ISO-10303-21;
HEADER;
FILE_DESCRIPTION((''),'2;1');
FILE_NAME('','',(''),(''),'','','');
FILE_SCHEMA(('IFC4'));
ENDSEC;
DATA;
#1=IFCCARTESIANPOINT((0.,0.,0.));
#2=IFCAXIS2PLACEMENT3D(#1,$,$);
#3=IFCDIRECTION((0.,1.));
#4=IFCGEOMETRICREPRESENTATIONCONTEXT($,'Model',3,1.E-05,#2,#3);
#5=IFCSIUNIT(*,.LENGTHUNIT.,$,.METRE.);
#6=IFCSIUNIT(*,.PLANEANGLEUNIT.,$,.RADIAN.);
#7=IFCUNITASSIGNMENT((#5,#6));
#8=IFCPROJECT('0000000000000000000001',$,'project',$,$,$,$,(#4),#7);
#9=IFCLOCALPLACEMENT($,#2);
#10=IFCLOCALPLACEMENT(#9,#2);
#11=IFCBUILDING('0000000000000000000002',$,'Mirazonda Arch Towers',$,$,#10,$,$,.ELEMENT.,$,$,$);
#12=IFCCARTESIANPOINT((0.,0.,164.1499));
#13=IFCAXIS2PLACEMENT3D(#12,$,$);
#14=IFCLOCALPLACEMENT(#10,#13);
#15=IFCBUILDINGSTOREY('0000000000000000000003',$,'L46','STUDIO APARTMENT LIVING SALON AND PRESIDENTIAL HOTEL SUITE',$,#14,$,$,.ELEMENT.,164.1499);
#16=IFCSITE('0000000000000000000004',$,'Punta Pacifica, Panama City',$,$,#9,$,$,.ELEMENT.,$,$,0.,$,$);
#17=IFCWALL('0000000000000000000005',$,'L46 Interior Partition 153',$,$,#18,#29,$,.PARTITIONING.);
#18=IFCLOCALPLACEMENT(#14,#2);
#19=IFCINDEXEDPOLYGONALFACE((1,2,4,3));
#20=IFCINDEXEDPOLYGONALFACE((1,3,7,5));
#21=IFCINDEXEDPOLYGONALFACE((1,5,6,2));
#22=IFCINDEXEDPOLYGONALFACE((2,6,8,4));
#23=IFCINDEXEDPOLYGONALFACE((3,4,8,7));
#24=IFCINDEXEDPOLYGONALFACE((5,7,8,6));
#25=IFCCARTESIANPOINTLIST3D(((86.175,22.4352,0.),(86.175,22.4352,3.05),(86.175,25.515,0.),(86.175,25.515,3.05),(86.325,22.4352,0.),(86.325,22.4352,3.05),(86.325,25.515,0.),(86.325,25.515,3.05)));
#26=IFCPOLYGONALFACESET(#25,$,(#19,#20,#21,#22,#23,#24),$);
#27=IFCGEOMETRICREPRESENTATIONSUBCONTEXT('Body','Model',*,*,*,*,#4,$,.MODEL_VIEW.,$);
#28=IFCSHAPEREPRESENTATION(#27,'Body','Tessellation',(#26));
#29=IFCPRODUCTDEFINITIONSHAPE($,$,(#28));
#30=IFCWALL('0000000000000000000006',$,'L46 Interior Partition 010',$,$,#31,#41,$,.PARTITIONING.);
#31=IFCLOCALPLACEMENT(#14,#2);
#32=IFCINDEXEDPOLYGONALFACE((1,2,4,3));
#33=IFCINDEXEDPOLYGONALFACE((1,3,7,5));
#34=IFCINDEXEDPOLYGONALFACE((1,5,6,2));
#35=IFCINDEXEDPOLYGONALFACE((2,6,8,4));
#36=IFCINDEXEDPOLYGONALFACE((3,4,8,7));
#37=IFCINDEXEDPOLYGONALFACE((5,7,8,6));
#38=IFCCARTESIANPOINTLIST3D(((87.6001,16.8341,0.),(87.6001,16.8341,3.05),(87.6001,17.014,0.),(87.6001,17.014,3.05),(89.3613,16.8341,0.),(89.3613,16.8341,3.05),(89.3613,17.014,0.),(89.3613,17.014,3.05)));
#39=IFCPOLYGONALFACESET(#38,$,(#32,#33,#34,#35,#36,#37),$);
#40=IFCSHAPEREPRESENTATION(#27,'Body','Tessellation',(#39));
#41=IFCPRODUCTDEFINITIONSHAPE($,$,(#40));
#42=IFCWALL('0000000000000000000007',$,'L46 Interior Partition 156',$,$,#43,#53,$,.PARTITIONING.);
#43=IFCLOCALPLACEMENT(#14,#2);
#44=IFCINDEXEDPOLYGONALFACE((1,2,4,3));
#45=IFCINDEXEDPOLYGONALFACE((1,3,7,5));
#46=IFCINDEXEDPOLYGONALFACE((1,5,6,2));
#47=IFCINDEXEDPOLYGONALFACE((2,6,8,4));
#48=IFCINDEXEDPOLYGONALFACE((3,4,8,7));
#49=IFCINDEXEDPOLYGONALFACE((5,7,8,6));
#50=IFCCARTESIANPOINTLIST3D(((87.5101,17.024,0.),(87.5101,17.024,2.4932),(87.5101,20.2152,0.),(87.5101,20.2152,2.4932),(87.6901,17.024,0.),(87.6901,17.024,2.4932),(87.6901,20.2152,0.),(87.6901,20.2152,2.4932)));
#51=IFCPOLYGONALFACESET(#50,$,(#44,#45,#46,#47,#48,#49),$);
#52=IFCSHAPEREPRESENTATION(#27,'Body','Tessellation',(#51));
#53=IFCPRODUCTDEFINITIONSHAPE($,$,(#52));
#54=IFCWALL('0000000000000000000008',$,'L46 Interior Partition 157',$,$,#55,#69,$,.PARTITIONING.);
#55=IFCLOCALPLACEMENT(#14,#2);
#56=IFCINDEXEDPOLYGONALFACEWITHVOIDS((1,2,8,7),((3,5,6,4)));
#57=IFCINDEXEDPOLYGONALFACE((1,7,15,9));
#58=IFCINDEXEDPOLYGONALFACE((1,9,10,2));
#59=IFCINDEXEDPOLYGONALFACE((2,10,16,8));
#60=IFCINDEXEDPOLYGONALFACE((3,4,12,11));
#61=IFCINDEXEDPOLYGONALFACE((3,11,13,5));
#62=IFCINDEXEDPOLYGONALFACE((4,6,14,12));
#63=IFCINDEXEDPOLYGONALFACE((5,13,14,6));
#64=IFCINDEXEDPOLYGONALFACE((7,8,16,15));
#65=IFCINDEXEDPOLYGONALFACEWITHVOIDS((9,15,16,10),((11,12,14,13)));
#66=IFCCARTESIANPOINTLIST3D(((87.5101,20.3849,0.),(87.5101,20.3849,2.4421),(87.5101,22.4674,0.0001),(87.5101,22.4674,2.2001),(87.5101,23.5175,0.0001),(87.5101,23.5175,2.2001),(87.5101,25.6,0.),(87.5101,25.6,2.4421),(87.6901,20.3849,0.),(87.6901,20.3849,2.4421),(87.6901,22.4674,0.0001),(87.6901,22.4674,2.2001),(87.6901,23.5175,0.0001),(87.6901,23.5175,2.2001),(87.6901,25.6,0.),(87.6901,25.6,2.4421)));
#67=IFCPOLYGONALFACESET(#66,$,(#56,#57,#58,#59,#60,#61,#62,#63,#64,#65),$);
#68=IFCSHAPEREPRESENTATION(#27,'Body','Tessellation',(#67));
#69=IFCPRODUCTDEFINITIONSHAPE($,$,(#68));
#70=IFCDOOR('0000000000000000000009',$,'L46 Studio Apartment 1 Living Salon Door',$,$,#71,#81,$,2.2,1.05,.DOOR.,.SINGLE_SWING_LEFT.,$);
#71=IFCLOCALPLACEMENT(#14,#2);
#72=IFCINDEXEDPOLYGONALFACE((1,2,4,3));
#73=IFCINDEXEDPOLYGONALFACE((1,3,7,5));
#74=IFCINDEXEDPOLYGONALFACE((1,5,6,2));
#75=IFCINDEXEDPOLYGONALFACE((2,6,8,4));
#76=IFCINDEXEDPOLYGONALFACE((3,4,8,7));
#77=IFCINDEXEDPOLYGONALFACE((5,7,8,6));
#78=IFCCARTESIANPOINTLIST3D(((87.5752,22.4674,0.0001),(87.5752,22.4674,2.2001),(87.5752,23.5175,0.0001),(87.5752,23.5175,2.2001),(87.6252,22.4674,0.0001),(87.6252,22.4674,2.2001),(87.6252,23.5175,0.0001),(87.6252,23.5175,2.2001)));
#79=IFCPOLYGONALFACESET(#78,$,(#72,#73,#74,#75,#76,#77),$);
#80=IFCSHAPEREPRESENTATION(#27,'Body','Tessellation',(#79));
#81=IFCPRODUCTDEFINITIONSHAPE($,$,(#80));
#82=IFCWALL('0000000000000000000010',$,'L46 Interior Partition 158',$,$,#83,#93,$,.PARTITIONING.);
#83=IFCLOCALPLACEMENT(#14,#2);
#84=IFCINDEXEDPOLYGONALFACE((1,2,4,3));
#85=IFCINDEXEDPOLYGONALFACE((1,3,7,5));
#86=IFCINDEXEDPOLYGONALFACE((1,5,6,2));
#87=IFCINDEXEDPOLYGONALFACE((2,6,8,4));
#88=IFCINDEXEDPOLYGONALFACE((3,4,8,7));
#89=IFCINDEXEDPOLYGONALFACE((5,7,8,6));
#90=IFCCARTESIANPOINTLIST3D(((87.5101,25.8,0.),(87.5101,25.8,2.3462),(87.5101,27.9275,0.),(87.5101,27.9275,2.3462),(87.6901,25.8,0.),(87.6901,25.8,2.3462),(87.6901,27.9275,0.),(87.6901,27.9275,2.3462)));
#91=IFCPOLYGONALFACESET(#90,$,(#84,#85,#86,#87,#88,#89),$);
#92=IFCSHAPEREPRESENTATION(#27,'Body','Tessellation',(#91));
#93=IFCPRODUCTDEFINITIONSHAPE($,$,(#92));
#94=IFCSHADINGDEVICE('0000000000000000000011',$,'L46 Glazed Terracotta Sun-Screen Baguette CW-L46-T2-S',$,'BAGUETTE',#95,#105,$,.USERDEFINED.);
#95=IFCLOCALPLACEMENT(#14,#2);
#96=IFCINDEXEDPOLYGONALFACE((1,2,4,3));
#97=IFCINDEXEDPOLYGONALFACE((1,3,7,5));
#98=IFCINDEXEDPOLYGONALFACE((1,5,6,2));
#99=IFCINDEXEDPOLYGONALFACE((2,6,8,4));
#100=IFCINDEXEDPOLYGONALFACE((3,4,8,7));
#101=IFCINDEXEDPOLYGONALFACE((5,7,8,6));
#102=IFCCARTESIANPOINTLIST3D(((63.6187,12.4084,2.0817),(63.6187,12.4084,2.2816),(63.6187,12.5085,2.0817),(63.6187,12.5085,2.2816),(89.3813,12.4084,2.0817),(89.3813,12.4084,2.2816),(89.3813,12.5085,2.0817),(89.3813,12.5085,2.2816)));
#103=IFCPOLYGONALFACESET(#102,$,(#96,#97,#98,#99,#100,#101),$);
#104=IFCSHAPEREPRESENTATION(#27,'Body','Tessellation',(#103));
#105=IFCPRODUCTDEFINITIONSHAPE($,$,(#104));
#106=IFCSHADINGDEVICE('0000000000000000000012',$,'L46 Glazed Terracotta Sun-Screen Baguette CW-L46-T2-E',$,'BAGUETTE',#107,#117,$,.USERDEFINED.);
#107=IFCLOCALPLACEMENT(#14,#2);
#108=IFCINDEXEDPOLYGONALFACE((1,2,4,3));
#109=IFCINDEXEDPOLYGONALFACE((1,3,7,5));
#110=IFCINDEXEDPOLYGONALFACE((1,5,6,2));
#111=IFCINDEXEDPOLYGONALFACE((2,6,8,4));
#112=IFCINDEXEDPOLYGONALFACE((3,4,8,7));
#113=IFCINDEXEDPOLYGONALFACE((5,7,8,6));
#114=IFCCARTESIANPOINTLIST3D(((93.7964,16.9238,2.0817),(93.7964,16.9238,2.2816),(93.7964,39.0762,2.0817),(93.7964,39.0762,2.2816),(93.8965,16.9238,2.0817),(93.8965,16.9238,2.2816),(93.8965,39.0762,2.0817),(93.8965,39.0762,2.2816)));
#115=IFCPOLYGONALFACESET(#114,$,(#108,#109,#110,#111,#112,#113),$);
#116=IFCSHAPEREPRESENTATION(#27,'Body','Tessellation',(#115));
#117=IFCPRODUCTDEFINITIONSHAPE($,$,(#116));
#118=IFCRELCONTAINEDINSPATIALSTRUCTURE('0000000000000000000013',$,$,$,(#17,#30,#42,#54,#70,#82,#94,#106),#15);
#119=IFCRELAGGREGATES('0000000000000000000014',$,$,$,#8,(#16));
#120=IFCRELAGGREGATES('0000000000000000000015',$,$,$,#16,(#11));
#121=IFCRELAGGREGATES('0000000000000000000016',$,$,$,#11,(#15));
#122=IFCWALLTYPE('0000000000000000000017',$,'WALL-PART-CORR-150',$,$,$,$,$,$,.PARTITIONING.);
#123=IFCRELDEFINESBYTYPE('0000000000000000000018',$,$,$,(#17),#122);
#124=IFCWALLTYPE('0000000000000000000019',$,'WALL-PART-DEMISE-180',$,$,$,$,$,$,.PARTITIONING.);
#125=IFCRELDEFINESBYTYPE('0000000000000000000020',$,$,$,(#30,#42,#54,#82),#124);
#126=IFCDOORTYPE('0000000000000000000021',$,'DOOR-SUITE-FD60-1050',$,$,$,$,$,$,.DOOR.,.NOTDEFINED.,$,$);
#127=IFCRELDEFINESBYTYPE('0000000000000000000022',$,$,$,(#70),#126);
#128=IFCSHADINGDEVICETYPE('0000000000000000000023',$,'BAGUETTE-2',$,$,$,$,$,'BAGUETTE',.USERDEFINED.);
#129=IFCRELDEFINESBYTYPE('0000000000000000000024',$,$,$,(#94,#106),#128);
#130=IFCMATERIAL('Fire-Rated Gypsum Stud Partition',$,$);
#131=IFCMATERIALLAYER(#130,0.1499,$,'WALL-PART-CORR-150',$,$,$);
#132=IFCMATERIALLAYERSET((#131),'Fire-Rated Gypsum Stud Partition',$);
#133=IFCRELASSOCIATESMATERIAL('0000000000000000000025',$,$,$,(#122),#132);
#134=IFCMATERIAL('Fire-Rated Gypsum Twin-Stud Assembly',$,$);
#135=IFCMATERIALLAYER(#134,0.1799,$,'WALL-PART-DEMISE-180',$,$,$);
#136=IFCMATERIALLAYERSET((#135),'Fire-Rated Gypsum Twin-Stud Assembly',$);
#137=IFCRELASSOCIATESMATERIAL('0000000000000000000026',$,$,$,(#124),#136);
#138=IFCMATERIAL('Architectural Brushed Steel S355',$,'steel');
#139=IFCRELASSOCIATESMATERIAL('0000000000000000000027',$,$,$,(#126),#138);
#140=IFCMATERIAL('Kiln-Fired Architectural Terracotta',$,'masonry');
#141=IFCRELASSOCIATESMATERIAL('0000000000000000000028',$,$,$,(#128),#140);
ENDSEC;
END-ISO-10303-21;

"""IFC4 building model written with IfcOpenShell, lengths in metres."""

from ifc_helpers import new_model, si_unit, direction, frame, frame_2d, origin, origin_2d, place, context, subcontext, project, spatial, rectangle, extrude, material, layer, layer_set, material_profile, profile_set, type_object, element, fill, save


model = new_model("IFC4")

# Units and contexts
model_context = context("Model", 3, precision=1e-05, world=origin(), true_north=direction((0.0, 1.0)))
body_context = subcontext(model_context, "Body", "Model", "MODEL_VIEW")
ifc_project = project(units=[si_unit("LENGTHUNIT", "METRE"), si_unit("PLANEANGLEUNIT", "RADIAN")], contexts=[model_context])

# Site, building, storey
site_placement = place(None, origin())
site = spatial("IfcSite", under=ifc_project, at=site_placement, Name="Punta Pacifica, Panama City", CompositionType="ELEMENT", RefElevation=0.0)
building_placement = place(site_placement, origin())
building = spatial("IfcBuilding", under=site, at=building_placement, Name="Mirazonda Arch Towers", CompositionType="ELEMENT")
storey_placement = place(building_placement, frame((0.0, 0.0, 164.1499)))
storey = spatial("IfcBuildingStorey", under=building, at=storey_placement, Name="L46", Description="STUDIO APARTMENT LIVING SALON AND PRESIDENTIAL HOTEL SUITE", CompositionType="ELEMENT", Elevation=164.1499)

# Walls
ifc_material_1 = material(Name="Fire-Rated Gypsum Stud Partition")
ifc_layer_1 = layer(ifc_material_1, 0.1499, Name="WALL-PART-CORR-150")
ifc_layer_set_1 = layer_set([ifc_layer_1], Name="Fire-Rated Gypsum Stud Partition")
wall_type_1 = type_object("IfcWallType", Name="WALL-PART-CORR-150", PredefinedType="PARTITIONING", material=ifc_layer_set_1)
wall_1_placement = place(storey_placement, frame((86.25, 22.4351, 0.0), z_axis=(0.0, 0.0, 1.0), x_axis=(0.0, 1.0, 0.0)))
element("IfcWall", 1, at=wall_1_placement, inside=storey, type_object=wall_type_1, Name="L46 Interior Partition 153", PredefinedType="PARTITIONING", context=body_context, shape_type="SweptSolid", body=[
    extrude(rectangle(XDim=3.0798, YDim=0.1499, at=frame_2d((1.54, 0.0))), origin(), (0.0, 0.0, 1.0), 3.05),
])
ifc_material_2 = material(Name="Fire-Rated Gypsum Twin-Stud Assembly")
ifc_layer_2 = layer(ifc_material_2, 0.1799, Name="WALL-PART-DEMISE-180")
ifc_layer_set_2 = layer_set([ifc_layer_2], Name="Fire-Rated Gypsum Twin-Stud Assembly")
wall_type_2 = type_object("IfcWallType", Name="WALL-PART-DEMISE-180", PredefinedType="PARTITIONING", material=ifc_layer_set_2)
wall_2_placement = place(storey_placement, frame((87.6001, 16.9241, 0.0), z_axis=(0.0, 0.0, 1.0), x_axis=(1.0, 0.0, 0.0)))
element("IfcWall", 2, at=wall_2_placement, inside=storey, type_object=wall_type_2, Name="L46 Interior Partition 010", PredefinedType="PARTITIONING", context=body_context, shape_type="SweptSolid", body=[
    extrude(rectangle(XDim=1.7612, YDim=0.1799, at=frame_2d((0.8806, 0.0))), origin(), (0.0, 0.0, 1.0), 3.05),
])

# Shared definitions
ifc_material_3 = material(Name="Architectural Brushed Steel S355", Category="steel")

# Wall
wall_3_placement = place(storey_placement, frame((87.6001, 17.0239, 0.0), z_axis=(0.0, 0.0, 1.0), x_axis=(0.0, 1.0, 0.0)))
element("IfcWall", 3, at=wall_3_placement, inside=storey, type_object=wall_type_2, Name="L46 Interior Partition 156", PredefinedType="PARTITIONING", context=body_context, shape_type="SweptSolid", body=[
    extrude(rectangle(XDim=3.1912, YDim=0.1799, at=frame_2d((1.5957, 0.0))), origin(), (0.0, 0.0, 1.0), 2.4932),
])

# Wall, opening, door
wall_4_placement = place(storey_placement, frame((87.6001, 20.385, 0.0), z_axis=(0.0, 0.0, 1.0), x_axis=(0.0, 1.0, 0.0)))
wall_4 = element("IfcWall", 4, at=wall_4_placement, inside=storey, type_object=wall_type_2, Name="L46 Interior Partition 157", PredefinedType="PARTITIONING", context=body_context, shape_type="SweptSolid", body=[
    extrude(rectangle(XDim=5.2151, YDim=0.1799, at=frame_2d((2.6074, 0.0))), origin(), (0.0, 0.0, 1.0), 2.4421),
])
opening_1_placement = place(wall_4_placement, frame((2.0825, 0.0, 0.0)))
opening_1 = element("IfcOpeningElement", 5, at=opening_1_placement, cuts=wall_4, PredefinedType="OPENING", context=body_context, shape_type="SweptSolid", body=[
    extrude(rectangle(XDim=1.05, YDim=2.2, at=frame_2d((0.5249, 1.1001))), frame((0.0, 0.0999, 0.0), z_axis=(0.0, -1.0, 0.0), x_axis=(1.0, 0.0, 0.0)), (0.0, 0.0, 1.0), 0.2),
])
door_type_1 = type_object("IfcDoorType", Name="DOOR-SUITE-FD60-1050", OperationType="NOTDEFINED", PredefinedType="DOOR", material=ifc_material_3)
door_1_placement = place(opening_1_placement, origin())
door_1 = element("IfcDoor", 6, at=door_1_placement, inside=storey, type_object=door_type_1, Name="L46 Studio Apartment 1 Living Salon Door", OperationType="SINGLE_SWING_LEFT", OverallHeight=2.2, OverallWidth=1.05, PredefinedType="DOOR", context=body_context, shape_type="SweptSolid", body=[
    extrude(rectangle(XDim=1.05, YDim=2.2, at=frame_2d((0.5249, 1.1001))), frame((0.0, 0.0249, 0.0), z_axis=(0.0, -1.0, 0.0), x_axis=(1.0, 0.0, 0.0)), (0.0, 0.0, 1.0), 0.05),
])
fill(opening_1, door_1)

# Wall
wall_5_placement = place(storey_placement, frame((87.6001, 25.8, 0.0), z_axis=(0.0, 0.0, 1.0), x_axis=(0.0, 1.0, 0.0)))
element("IfcWall", 7, at=wall_5_placement, inside=storey, type_object=wall_type_2, Name="L46 Interior Partition 158", PredefinedType="PARTITIONING", context=body_context, shape_type="SweptSolid", body=[
    extrude(rectangle(XDim=2.1274, YDim=0.1799, at=frame_2d((1.0637, 0.0))), origin(), (0.0, 0.0, 1.0), 2.3462),
])

# Shading devices
ifc_material_4 = material(Name="Kiln-Fired Architectural Terracotta", Category="masonry")
ifc_material_profile_1 = material_profile(ifc_material_4, rectangle(XDim=0.1001, YDim=0.2, at=origin_2d()), Name="TERRA-BAG-100x200")
ifc_profile_set_1 = profile_set([ifc_material_profile_1], Name="Kiln-Fired Architectural Terracotta")
shading_device_type = type_object("IfcShadingDeviceType", Name="BAGUETTE-2", ElementType="BAGUETTE", PredefinedType="USERDEFINED", material=ifc_profile_set_1)
shading_device_1_placement = place(storey_placement, frame((89.3813, 12.4585, 2.1816), z_axis=(-1.0, 0.0, 0.0), x_axis=(0.0, -1.0, 0.0)))
element("IfcShadingDevice", 8, at=shading_device_1_placement, inside=storey, type_object=shading_device_type, Name="L46 Glazed Terracotta Sun-Screen Baguette CW-L46-T2-S", ObjectType="BAGUETTE", PredefinedType="USERDEFINED", context=body_context, shape_type="SweptSolid", body=[
    extrude(rectangle(XDim=0.1001, YDim=0.2, at=origin_2d()), origin(), (0.0, 0.0, 1.0), 25.7627),
])
shading_device_2_placement = place(storey_placement, frame((93.8464, 16.9238, 2.1816), z_axis=(0.0, 1.0, 0.0), x_axis=(-1.0, 0.0, 0.0)))
element("IfcShadingDevice", 9, at=shading_device_2_placement, inside=storey, type_object=shading_device_type, Name="L46 Glazed Terracotta Sun-Screen Baguette CW-L46-T2-E", ObjectType="BAGUETTE", PredefinedType="USERDEFINED", context=body_context, shape_type="SweptSolid", body=[
    extrude(rectangle(XDim=0.1001, YDim=0.2, at=origin_2d()), origin(), (0.0, 0.0, 1.0), 22.1523),
])

save(model, "model.ifc")
